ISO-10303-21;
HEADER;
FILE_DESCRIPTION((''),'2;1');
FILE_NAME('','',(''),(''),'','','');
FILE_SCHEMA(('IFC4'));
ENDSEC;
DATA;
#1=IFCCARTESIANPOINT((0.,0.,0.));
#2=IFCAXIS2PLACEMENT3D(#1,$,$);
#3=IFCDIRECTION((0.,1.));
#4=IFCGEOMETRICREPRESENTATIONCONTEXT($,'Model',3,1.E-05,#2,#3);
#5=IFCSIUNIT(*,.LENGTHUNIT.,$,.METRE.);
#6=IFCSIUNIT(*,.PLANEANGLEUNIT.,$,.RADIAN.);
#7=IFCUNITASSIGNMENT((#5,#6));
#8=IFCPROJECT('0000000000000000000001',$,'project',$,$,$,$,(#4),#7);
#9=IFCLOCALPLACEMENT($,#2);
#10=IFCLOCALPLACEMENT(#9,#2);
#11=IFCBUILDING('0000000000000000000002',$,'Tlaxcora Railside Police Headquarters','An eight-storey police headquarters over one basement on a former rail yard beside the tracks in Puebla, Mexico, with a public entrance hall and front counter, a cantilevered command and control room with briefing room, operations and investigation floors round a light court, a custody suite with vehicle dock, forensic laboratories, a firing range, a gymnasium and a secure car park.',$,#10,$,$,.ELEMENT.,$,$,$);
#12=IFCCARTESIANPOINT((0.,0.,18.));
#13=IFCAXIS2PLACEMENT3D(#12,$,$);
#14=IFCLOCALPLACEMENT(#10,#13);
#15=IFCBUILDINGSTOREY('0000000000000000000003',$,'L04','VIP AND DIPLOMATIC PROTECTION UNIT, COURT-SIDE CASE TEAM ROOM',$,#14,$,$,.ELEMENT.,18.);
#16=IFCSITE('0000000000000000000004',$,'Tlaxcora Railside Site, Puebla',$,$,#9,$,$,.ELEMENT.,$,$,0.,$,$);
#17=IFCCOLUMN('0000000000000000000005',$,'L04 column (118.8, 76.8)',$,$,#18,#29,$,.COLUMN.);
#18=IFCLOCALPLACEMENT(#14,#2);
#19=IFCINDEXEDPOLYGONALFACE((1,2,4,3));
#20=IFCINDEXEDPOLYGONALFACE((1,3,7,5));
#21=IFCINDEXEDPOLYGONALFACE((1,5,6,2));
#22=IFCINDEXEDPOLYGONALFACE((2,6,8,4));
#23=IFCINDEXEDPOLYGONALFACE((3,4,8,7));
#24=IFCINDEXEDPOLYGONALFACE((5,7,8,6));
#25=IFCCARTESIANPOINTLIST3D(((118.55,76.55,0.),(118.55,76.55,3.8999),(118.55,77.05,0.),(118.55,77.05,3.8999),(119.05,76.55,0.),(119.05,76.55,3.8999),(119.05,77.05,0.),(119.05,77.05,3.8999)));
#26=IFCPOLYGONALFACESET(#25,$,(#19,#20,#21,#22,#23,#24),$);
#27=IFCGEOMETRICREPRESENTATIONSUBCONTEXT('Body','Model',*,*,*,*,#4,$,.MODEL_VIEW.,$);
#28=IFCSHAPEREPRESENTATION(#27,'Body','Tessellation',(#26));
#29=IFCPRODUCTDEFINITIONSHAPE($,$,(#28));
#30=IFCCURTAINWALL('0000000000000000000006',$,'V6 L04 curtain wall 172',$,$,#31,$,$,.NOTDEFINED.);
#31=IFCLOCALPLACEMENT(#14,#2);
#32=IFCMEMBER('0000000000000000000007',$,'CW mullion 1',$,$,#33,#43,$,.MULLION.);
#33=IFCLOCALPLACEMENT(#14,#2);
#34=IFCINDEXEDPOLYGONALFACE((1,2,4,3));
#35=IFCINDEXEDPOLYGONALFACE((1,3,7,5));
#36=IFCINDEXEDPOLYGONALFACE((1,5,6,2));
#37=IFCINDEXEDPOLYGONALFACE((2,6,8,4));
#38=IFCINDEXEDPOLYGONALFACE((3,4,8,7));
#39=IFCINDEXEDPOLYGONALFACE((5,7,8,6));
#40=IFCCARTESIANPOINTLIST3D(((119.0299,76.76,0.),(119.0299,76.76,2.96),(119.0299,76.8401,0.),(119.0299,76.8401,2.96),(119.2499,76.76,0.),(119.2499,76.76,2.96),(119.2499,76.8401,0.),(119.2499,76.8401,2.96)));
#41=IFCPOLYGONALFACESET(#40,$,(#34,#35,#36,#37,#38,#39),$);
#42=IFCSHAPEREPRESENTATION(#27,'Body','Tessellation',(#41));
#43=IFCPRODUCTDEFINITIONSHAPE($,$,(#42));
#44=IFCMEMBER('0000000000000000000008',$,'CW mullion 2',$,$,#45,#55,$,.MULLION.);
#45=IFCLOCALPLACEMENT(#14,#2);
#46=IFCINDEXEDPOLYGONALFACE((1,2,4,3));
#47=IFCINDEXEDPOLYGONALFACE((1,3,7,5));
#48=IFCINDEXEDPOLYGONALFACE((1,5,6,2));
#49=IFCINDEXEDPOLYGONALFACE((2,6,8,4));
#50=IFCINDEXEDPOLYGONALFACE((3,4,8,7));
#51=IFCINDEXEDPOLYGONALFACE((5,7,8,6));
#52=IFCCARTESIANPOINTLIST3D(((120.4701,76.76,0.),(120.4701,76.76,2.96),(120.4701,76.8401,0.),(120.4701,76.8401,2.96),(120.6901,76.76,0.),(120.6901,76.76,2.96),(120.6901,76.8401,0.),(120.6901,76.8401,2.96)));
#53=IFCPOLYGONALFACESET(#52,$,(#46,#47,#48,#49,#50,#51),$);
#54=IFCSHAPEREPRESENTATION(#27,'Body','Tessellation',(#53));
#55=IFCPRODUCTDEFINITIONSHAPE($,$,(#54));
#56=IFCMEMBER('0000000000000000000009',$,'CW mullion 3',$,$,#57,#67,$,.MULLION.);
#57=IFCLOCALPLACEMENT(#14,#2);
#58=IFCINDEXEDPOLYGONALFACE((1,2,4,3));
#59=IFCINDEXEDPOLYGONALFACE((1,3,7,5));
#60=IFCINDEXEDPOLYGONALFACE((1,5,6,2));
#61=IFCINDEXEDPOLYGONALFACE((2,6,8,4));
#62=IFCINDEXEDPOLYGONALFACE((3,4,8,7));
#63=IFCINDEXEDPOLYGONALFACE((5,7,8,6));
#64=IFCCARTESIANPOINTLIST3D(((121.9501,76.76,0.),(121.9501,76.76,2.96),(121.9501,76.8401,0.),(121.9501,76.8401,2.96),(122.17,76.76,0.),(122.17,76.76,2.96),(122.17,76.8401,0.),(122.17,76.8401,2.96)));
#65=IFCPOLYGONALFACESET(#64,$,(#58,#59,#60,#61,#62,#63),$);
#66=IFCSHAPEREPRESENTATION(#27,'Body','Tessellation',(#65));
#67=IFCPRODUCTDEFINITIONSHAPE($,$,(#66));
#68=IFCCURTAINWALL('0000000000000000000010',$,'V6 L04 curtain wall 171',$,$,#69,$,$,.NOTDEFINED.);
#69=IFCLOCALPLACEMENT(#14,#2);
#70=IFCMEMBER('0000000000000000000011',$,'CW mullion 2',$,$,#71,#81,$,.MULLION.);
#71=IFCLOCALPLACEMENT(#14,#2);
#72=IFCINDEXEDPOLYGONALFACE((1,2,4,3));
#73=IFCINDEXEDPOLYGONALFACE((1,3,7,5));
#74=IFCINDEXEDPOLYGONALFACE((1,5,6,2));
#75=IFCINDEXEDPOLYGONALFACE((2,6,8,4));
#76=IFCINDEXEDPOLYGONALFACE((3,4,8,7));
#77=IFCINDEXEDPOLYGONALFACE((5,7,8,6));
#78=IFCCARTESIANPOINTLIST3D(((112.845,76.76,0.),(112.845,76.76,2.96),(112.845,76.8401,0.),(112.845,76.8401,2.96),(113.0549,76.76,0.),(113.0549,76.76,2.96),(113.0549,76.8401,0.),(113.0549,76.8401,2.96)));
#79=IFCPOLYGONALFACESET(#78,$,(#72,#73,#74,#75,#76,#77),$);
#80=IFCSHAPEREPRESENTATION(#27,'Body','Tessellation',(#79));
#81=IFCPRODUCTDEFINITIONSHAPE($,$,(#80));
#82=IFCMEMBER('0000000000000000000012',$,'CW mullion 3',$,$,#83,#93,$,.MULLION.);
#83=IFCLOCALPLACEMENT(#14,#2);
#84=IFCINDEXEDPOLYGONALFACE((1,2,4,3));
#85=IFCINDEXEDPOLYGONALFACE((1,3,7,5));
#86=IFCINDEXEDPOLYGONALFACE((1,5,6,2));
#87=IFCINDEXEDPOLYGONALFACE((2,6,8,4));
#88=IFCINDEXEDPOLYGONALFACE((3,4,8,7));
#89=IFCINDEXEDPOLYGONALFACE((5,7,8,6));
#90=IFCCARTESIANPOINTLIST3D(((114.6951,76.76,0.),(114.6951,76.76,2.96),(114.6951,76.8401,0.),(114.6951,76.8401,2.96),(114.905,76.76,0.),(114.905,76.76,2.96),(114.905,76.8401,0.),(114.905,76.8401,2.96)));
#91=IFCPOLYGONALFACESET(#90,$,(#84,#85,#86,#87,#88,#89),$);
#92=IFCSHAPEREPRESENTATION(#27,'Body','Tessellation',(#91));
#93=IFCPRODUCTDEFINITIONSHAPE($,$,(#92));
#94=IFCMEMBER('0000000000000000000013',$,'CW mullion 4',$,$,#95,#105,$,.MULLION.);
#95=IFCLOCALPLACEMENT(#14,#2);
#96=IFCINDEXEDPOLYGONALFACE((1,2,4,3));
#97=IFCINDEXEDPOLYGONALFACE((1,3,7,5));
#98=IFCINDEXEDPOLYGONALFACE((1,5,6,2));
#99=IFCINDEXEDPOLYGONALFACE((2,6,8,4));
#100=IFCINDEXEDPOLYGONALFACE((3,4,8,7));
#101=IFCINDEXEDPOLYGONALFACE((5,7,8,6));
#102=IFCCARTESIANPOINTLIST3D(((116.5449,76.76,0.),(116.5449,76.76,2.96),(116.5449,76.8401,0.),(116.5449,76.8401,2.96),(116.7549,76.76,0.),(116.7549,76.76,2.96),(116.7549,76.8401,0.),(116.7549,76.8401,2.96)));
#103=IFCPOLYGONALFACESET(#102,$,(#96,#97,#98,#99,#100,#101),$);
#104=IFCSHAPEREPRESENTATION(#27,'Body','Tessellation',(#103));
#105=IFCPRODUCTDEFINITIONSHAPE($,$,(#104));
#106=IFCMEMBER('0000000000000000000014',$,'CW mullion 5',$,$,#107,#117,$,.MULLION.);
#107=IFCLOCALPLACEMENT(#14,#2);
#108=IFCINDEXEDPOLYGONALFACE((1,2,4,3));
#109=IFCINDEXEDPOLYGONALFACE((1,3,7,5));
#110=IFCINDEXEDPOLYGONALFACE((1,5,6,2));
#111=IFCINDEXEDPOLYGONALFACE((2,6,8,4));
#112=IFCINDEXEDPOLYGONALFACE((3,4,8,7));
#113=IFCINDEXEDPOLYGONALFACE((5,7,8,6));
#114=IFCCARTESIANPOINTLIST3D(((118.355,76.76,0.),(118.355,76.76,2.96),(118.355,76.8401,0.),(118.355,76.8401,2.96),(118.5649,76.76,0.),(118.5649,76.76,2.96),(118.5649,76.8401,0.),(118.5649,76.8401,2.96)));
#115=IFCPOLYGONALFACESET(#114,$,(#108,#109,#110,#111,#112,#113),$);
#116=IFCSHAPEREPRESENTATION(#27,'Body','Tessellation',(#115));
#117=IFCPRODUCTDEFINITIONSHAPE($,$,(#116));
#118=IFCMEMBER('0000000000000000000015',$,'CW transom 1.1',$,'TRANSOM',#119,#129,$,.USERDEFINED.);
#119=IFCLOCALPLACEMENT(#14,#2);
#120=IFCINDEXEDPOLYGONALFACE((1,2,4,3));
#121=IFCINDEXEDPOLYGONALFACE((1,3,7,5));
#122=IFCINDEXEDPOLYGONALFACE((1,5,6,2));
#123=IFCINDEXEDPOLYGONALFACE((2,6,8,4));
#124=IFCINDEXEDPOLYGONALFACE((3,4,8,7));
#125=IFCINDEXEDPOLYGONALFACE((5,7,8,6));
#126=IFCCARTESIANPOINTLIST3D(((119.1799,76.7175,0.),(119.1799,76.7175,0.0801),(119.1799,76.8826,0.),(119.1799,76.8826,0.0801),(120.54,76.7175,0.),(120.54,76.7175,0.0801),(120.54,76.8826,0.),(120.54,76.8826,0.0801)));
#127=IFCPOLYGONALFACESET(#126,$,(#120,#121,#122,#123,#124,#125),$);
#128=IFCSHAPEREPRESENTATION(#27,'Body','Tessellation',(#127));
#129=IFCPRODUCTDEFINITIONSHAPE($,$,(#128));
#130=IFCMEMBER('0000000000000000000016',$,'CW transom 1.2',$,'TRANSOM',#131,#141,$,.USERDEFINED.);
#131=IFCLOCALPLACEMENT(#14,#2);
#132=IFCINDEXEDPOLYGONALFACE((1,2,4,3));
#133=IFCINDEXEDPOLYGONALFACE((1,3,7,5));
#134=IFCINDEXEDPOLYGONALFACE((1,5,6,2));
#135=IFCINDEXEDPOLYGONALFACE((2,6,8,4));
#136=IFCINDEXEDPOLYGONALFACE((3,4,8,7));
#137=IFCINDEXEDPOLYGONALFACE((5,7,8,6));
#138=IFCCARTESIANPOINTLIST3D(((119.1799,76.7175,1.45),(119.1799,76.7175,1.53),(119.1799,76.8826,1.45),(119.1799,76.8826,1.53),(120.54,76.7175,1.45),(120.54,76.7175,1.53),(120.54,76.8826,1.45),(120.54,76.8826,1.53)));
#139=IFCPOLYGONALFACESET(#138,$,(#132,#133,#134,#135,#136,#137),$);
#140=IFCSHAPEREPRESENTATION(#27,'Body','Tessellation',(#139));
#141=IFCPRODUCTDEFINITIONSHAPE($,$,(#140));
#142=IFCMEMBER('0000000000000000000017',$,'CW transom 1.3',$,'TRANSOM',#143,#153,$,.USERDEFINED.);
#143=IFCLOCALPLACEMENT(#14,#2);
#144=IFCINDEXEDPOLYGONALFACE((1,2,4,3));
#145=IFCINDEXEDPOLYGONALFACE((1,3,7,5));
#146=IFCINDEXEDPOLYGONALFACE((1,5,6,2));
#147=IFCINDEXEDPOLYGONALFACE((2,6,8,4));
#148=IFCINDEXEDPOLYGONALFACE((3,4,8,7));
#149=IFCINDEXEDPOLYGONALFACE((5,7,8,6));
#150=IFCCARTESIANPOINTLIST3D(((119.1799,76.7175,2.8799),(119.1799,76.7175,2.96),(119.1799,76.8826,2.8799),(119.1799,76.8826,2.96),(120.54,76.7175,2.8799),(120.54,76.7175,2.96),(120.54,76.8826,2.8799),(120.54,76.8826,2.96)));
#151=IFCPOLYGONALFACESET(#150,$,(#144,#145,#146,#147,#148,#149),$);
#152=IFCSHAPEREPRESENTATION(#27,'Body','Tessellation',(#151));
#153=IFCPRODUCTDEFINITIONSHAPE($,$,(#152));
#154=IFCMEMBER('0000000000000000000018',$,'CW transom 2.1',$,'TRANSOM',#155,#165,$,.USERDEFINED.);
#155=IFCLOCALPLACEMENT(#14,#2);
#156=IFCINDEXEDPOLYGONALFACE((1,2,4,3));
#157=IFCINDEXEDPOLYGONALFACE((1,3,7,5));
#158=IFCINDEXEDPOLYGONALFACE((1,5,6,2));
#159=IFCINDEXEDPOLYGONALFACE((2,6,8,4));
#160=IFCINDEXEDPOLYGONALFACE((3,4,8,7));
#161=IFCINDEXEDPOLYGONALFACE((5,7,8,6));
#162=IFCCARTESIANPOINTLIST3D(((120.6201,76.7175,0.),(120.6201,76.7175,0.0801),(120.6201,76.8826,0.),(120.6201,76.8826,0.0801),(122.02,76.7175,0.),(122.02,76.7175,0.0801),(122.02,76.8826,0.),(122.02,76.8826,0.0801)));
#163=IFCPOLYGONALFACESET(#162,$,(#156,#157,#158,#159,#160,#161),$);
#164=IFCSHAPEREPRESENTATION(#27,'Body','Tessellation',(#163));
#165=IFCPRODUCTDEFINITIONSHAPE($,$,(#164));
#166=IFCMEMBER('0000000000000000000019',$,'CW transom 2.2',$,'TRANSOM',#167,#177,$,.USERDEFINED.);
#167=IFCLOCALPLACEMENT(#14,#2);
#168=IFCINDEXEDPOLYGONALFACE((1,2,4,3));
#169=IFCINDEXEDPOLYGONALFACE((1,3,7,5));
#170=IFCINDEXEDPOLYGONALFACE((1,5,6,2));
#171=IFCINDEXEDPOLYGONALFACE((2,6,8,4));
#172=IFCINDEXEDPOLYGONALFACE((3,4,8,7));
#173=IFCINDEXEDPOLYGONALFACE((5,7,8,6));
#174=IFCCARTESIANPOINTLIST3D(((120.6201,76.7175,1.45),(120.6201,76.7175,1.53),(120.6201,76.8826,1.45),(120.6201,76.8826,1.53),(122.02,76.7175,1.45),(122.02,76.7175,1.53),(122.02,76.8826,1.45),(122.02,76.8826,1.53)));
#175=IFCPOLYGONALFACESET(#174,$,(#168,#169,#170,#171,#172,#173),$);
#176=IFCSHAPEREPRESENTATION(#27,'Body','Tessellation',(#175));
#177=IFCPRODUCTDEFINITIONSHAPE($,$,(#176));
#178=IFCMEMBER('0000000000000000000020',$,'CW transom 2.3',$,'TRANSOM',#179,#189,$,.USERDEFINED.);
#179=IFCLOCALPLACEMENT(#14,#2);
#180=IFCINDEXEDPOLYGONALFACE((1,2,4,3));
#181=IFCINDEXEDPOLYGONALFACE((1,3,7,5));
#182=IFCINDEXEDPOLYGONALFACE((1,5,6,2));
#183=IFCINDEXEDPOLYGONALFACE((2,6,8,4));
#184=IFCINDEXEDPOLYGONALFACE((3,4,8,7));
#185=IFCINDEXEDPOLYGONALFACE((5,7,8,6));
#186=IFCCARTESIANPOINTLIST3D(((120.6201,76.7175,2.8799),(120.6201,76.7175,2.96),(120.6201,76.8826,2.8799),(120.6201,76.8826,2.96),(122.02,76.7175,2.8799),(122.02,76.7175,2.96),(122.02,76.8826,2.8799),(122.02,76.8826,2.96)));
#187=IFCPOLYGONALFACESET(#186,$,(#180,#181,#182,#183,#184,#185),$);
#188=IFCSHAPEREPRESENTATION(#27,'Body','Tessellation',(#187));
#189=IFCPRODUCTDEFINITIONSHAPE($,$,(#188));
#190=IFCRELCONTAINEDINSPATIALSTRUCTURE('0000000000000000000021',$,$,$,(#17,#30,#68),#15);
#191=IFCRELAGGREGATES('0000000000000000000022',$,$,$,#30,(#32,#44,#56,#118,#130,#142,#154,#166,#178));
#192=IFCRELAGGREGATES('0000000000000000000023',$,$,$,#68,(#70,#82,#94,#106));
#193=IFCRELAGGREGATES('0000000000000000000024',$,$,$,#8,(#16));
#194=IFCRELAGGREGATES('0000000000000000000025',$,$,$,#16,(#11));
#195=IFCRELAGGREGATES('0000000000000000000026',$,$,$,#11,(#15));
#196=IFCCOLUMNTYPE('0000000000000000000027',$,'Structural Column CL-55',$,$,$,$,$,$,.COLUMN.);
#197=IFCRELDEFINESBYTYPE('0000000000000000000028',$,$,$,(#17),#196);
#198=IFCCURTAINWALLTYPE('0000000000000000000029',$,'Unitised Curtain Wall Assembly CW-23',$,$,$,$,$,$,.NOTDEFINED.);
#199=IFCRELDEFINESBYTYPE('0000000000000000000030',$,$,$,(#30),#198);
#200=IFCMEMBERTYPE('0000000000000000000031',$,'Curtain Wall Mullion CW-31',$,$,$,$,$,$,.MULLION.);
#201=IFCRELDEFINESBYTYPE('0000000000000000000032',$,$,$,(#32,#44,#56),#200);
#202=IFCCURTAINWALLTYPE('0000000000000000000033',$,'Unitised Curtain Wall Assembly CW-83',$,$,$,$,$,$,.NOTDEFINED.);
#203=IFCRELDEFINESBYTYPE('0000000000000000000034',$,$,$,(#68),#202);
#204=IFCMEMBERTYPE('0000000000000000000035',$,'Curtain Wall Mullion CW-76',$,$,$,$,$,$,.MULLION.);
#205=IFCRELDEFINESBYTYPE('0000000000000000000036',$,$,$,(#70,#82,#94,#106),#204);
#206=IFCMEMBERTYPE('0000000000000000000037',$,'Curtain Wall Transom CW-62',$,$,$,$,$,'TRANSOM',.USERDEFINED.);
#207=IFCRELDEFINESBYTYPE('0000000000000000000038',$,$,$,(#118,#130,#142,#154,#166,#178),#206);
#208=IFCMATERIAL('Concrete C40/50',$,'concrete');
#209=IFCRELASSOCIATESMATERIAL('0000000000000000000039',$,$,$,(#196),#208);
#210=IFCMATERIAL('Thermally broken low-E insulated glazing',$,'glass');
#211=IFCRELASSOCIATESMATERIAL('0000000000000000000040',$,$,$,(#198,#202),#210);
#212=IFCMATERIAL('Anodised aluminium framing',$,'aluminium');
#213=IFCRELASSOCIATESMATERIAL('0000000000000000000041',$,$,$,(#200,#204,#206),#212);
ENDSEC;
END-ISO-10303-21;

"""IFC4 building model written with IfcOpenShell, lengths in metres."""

from ifc_helpers import new_model, si_unit, direction, frame, origin, origin_2d, place, context, subcontext, project, spatial, rectangle, extrude, material, material_profile, profile_set, type_object, element, aggregate, save


model = new_model("IFC4")

# Units and contexts
model_context = context("Model", 3, precision=1e-05, world=origin(), true_north=direction((0.0, 1.0)))
body_context = subcontext(model_context, "Body", "Model", "MODEL_VIEW")
ifc_project = project(units=[si_unit("LENGTHUNIT", "METRE"), si_unit("PLANEANGLEUNIT", "RADIAN")], contexts=[model_context])

# Site, building, storey
site_placement = place(None, origin())
site = spatial("IfcSite", under=ifc_project, at=site_placement, Name="Tlaxcora Railside Site, Puebla", CompositionType="ELEMENT", RefElevation=0.0)
building_placement = place(site_placement, origin())
building = spatial("IfcBuilding", under=site, at=building_placement, Name="Tlaxcora Railside Police Headquarters", Description="An eight-storey police headquarters over one basement on a former rail yard beside the tracks in Puebla, Mexico, with a public entrance hall and front counter, a cantilevered command and control room with briefing room, operations and investigation floors round a light court, a custody suite with vehicle dock, forensic laboratories, a firing range, a gymnasium and a secure car park.", CompositionType="ELEMENT")
storey_placement = place(building_placement, frame((0.0, 0.0, 18.0)))
storey = spatial("IfcBuildingStorey", under=building, at=storey_placement, Name="L04", Description="VIP AND DIPLOMATIC PROTECTION UNIT, COURT-SIDE CASE TEAM ROOM", CompositionType="ELEMENT", Elevation=18.0)

# Column
ifc_material_1 = material(Name="Concrete C40/50", Category="concrete")
ifc_material_profile_1 = material_profile(ifc_material_1, rectangle(XDim=0.5, YDim=0.5, at=origin_2d()), Name="RC500X500")
ifc_profile_set_1 = profile_set([ifc_material_profile_1], Name="Concrete C40/50")
column_type = type_object("IfcColumnType", Name="Structural Column CL-55", PredefinedType="COLUMN", material=ifc_profile_set_1)
column_placement = place(storey_placement, frame((118.8, 76.8, 0.0), z_axis=(0.0, 0.0, 1.0), x_axis=(1.0, 0.0, 0.0)))
element("IfcColumn", 1, at=column_placement, inside=storey, type_object=column_type, Name="L04 column (118.8, 76.8)", PredefinedType="COLUMN", context=body_context, shape_type="SweptSolid", body=[
    extrude(rectangle(XDim=0.5, YDim=0.5, at=origin_2d()), origin(), (0.0, 0.0, 1.0), 3.8999),
])

# Curtain walls, members
ifc_material_2 = material(Name="Thermally broken low-E insulated glazing", Category="glass")
curtain_wall_type_1 = type_object("IfcCurtainWallType", Name="Unitised Curtain Wall Assembly CW-23", PredefinedType="NOTDEFINED", material=ifc_material_2)
curtain_wall_1_placement = place(storey_placement, origin())
curtain_wall_1 = element("IfcCurtainWall", 2, at=curtain_wall_1_placement, inside=storey, type_object=curtain_wall_type_1, Name="V6 L04 curtain wall 172", PredefinedType="NOTDEFINED")
ifc_material_3 = material(Name="Anodised aluminium framing", Category="aluminium")
ifc_material_profile_2 = material_profile(ifc_material_3, rectangle(XDim=0.0801, YDim=0.22, at=origin_2d()), Name="AL80X220")
ifc_profile_set_2 = profile_set([ifc_material_profile_2], Name="Anodised aluminium framing")
member_type_1 = type_object("IfcMemberType", Name="Curtain Wall Mullion CW-31", PredefinedType="MULLION", material=ifc_profile_set_2)
member_1_placement = place(storey_placement, frame((119.1399, 76.8, 0.0), z_axis=(0.0, 0.0, 1.0), x_axis=(0.0, 1.0, 0.0)))
member_1 = element("IfcMember", 3, at=member_1_placement, type_object=member_type_1, Name="CW mullion 1", PredefinedType="MULLION", context=body_context, shape_type="SweptSolid", body=[
    extrude(rectangle(XDim=0.0801, YDim=0.22, at=origin_2d()), origin(), (0.0, 0.0, 1.0), 2.96),
])
member_2_placement = place(storey_placement, frame((120.5801, 76.8, 0.0), z_axis=(0.0, 0.0, 1.0), x_axis=(0.0, 1.0, 0.0)))
member_2 = element("IfcMember", 4, at=member_2_placement, type_object=member_type_1, Name="CW mullion 2", PredefinedType="MULLION", context=body_context, shape_type="SweptSolid", body=[
    extrude(rectangle(XDim=0.0801, YDim=0.22, at=origin_2d()), origin(), (0.0, 0.0, 1.0), 2.96),
])
member_3_placement = place(storey_placement, frame((122.0601, 76.8, 0.0), z_axis=(0.0, 0.0, 1.0), x_axis=(0.0, 1.0, 0.0)))
member_3 = element("IfcMember", 5, at=member_3_placement, type_object=member_type_1, Name="CW mullion 3", PredefinedType="MULLION", context=body_context, shape_type="SweptSolid", body=[
    extrude(rectangle(XDim=0.0801, YDim=0.22, at=origin_2d()), origin(), (0.0, 0.0, 1.0), 2.96),
])
curtain_wall_type_2 = type_object("IfcCurtainWallType", Name="Unitised Curtain Wall Assembly CW-83", PredefinedType="NOTDEFINED", material=ifc_material_2)
curtain_wall_2_placement = place(storey_placement, origin())
curtain_wall_2 = element("IfcCurtainWall", 6, at=curtain_wall_2_placement, inside=storey, type_object=curtain_wall_type_2, Name="V6 L04 curtain wall 171", PredefinedType="NOTDEFINED")
ifc_material_profile_3 = material_profile(ifc_material_3, rectangle(XDim=0.0801, YDim=0.21, at=origin_2d()), Name="AL80X210")
ifc_profile_set_3 = profile_set([ifc_material_profile_3], Name="Anodised aluminium framing")
member_type_2 = type_object("IfcMemberType", Name="Curtain Wall Mullion CW-76", PredefinedType="MULLION", material=ifc_profile_set_3)
member_4_placement = place(storey_placement, frame((112.95, 76.8, 0.0), z_axis=(0.0, 0.0, 1.0), x_axis=(0.0, 1.0, 0.0)))
member_4 = element("IfcMember", 7, at=member_4_placement, type_object=member_type_2, Name="CW mullion 2", PredefinedType="MULLION", context=body_context, shape_type="SweptSolid", body=[
    extrude(rectangle(XDim=0.0801, YDim=0.21, at=origin_2d()), origin(), (0.0, 0.0, 1.0), 2.96),
])
member_5_placement = place(storey_placement, frame((114.8, 76.8, 0.0), z_axis=(0.0, 0.0, 1.0), x_axis=(0.0, 1.0, 0.0)))
member_5 = element("IfcMember", 8, at=member_5_placement, type_object=member_type_2, Name="CW mullion 3", PredefinedType="MULLION", context=body_context, shape_type="SweptSolid", body=[
    extrude(rectangle(XDim=0.0801, YDim=0.21, at=origin_2d()), origin(), (0.0, 0.0, 1.0), 2.96),
])
member_6_placement = place(storey_placement, frame((116.6499, 76.8, 0.0), z_axis=(0.0, 0.0, 1.0), x_axis=(0.0, 1.0, 0.0)))
member_6 = element("IfcMember", 9, at=member_6_placement, type_object=member_type_2, Name="CW mullion 4", PredefinedType="MULLION", context=body_context, shape_type="SweptSolid", body=[
    extrude(rectangle(XDim=0.0801, YDim=0.21, at=origin_2d()), origin(), (0.0, 0.0, 1.0), 2.96),
])
member_7_placement = place(storey_placement, frame((118.46, 76.8, 0.0), z_axis=(0.0, 0.0, 1.0), x_axis=(0.0, 1.0, 0.0)))
member_7 = element("IfcMember", 10, at=member_7_placement, type_object=member_type_2, Name="CW mullion 5", PredefinedType="MULLION", context=body_context, shape_type="SweptSolid", body=[
    extrude(rectangle(XDim=0.0801, YDim=0.21, at=origin_2d()), origin(), (0.0, 0.0, 1.0), 2.96),
])

# Members
ifc_material_profile_4 = material_profile(ifc_material_3, rectangle(XDim=0.165, YDim=0.0801, at=origin_2d()), Name="AL80X165")
ifc_profile_set_4 = profile_set([ifc_material_profile_4], Name="Anodised aluminium framing")
member_type_3 = type_object("IfcMemberType", Name="Curtain Wall Transom CW-62", ElementType="TRANSOM", PredefinedType="USERDEFINED", material=ifc_profile_set_4)
member_8_placement = place(storey_placement, frame((119.1799, 76.8, 0.04), z_axis=(1.0, 0.0, 0.0), x_axis=(0.0, 1.0, 0.0)))
member_8 = element("IfcMember", 11, at=member_8_placement, type_object=member_type_3, Name="CW transom 1.1", ObjectType="TRANSOM", PredefinedType="USERDEFINED", context=body_context, shape_type="SweptSolid", body=[
    extrude(rectangle(XDim=0.165, YDim=0.0801, at=origin_2d()), origin(), (0.0, 0.0, 1.0), 1.3601),
])
member_9_placement = place(storey_placement, frame((119.1799, 76.8, 1.49), z_axis=(1.0, 0.0, 0.0), x_axis=(0.0, 1.0, 0.0)))
member_9 = element("IfcMember", 12, at=member_9_placement, type_object=member_type_3, Name="CW transom 1.2", ObjectType="TRANSOM", PredefinedType="USERDEFINED", context=body_context, shape_type="SweptSolid", body=[
    extrude(rectangle(XDim=0.165, YDim=0.0801, at=origin_2d()), origin(), (0.0, 0.0, 1.0), 1.3601),
])
member_10_placement = place(storey_placement, frame((119.1799, 76.8, 2.9199), z_axis=(1.0, 0.0, 0.0), x_axis=(0.0, 1.0, 0.0)))
member_10 = element("IfcMember", 13, at=member_10_placement, type_object=member_type_3, Name="CW transom 1.3", ObjectType="TRANSOM", PredefinedType="USERDEFINED", context=body_context, shape_type="SweptSolid", body=[
    extrude(rectangle(XDim=0.165, YDim=0.0801, at=origin_2d()), origin(), (0.0, 0.0, 1.0), 1.3601),
])
member_11_placement = place(storey_placement, frame((120.6201, 76.8, 0.04), z_axis=(1.0, 0.0, 0.0), x_axis=(0.0, 1.0, 0.0)))
member_11 = element("IfcMember", 14, at=member_11_placement, type_object=member_type_3, Name="CW transom 2.1", ObjectType="TRANSOM", PredefinedType="USERDEFINED", context=body_context, shape_type="SweptSolid", body=[
    extrude(rectangle(XDim=0.165, YDim=0.0801, at=origin_2d()), origin(), (0.0, 0.0, 1.0), 1.3999),
])
member_12_placement = place(storey_placement, frame((120.6201, 76.8, 1.49), z_axis=(1.0, 0.0, 0.0), x_axis=(0.0, 1.0, 0.0)))
member_12 = element("IfcMember", 15, at=member_12_placement, type_object=member_type_3, Name="CW transom 2.2", ObjectType="TRANSOM", PredefinedType="USERDEFINED", context=body_context, shape_type="SweptSolid", body=[
    extrude(rectangle(XDim=0.165, YDim=0.0801, at=origin_2d()), origin(), (0.0, 0.0, 1.0), 1.3999),
])
member_13_placement = place(storey_placement, frame((120.6201, 76.8, 2.9199), z_axis=(1.0, 0.0, 0.0), x_axis=(0.0, 1.0, 0.0)))
member_13 = element("IfcMember", 16, at=member_13_placement, type_object=member_type_3, Name="CW transom 2.3", ObjectType="TRANSOM", PredefinedType="USERDEFINED", context=body_context, shape_type="SweptSolid", body=[
    extrude(rectangle(XDim=0.165, YDim=0.0801, at=origin_2d()), origin(), (0.0, 0.0, 1.0), 1.3999),
])

aggregate(curtain_wall_1, [member_1, member_2, member_3, member_8, member_9, member_10, member_11, member_12, member_13])
aggregate(curtain_wall_2, [member_4, member_5, member_6, member_7])

save(model, "model.ifc")
